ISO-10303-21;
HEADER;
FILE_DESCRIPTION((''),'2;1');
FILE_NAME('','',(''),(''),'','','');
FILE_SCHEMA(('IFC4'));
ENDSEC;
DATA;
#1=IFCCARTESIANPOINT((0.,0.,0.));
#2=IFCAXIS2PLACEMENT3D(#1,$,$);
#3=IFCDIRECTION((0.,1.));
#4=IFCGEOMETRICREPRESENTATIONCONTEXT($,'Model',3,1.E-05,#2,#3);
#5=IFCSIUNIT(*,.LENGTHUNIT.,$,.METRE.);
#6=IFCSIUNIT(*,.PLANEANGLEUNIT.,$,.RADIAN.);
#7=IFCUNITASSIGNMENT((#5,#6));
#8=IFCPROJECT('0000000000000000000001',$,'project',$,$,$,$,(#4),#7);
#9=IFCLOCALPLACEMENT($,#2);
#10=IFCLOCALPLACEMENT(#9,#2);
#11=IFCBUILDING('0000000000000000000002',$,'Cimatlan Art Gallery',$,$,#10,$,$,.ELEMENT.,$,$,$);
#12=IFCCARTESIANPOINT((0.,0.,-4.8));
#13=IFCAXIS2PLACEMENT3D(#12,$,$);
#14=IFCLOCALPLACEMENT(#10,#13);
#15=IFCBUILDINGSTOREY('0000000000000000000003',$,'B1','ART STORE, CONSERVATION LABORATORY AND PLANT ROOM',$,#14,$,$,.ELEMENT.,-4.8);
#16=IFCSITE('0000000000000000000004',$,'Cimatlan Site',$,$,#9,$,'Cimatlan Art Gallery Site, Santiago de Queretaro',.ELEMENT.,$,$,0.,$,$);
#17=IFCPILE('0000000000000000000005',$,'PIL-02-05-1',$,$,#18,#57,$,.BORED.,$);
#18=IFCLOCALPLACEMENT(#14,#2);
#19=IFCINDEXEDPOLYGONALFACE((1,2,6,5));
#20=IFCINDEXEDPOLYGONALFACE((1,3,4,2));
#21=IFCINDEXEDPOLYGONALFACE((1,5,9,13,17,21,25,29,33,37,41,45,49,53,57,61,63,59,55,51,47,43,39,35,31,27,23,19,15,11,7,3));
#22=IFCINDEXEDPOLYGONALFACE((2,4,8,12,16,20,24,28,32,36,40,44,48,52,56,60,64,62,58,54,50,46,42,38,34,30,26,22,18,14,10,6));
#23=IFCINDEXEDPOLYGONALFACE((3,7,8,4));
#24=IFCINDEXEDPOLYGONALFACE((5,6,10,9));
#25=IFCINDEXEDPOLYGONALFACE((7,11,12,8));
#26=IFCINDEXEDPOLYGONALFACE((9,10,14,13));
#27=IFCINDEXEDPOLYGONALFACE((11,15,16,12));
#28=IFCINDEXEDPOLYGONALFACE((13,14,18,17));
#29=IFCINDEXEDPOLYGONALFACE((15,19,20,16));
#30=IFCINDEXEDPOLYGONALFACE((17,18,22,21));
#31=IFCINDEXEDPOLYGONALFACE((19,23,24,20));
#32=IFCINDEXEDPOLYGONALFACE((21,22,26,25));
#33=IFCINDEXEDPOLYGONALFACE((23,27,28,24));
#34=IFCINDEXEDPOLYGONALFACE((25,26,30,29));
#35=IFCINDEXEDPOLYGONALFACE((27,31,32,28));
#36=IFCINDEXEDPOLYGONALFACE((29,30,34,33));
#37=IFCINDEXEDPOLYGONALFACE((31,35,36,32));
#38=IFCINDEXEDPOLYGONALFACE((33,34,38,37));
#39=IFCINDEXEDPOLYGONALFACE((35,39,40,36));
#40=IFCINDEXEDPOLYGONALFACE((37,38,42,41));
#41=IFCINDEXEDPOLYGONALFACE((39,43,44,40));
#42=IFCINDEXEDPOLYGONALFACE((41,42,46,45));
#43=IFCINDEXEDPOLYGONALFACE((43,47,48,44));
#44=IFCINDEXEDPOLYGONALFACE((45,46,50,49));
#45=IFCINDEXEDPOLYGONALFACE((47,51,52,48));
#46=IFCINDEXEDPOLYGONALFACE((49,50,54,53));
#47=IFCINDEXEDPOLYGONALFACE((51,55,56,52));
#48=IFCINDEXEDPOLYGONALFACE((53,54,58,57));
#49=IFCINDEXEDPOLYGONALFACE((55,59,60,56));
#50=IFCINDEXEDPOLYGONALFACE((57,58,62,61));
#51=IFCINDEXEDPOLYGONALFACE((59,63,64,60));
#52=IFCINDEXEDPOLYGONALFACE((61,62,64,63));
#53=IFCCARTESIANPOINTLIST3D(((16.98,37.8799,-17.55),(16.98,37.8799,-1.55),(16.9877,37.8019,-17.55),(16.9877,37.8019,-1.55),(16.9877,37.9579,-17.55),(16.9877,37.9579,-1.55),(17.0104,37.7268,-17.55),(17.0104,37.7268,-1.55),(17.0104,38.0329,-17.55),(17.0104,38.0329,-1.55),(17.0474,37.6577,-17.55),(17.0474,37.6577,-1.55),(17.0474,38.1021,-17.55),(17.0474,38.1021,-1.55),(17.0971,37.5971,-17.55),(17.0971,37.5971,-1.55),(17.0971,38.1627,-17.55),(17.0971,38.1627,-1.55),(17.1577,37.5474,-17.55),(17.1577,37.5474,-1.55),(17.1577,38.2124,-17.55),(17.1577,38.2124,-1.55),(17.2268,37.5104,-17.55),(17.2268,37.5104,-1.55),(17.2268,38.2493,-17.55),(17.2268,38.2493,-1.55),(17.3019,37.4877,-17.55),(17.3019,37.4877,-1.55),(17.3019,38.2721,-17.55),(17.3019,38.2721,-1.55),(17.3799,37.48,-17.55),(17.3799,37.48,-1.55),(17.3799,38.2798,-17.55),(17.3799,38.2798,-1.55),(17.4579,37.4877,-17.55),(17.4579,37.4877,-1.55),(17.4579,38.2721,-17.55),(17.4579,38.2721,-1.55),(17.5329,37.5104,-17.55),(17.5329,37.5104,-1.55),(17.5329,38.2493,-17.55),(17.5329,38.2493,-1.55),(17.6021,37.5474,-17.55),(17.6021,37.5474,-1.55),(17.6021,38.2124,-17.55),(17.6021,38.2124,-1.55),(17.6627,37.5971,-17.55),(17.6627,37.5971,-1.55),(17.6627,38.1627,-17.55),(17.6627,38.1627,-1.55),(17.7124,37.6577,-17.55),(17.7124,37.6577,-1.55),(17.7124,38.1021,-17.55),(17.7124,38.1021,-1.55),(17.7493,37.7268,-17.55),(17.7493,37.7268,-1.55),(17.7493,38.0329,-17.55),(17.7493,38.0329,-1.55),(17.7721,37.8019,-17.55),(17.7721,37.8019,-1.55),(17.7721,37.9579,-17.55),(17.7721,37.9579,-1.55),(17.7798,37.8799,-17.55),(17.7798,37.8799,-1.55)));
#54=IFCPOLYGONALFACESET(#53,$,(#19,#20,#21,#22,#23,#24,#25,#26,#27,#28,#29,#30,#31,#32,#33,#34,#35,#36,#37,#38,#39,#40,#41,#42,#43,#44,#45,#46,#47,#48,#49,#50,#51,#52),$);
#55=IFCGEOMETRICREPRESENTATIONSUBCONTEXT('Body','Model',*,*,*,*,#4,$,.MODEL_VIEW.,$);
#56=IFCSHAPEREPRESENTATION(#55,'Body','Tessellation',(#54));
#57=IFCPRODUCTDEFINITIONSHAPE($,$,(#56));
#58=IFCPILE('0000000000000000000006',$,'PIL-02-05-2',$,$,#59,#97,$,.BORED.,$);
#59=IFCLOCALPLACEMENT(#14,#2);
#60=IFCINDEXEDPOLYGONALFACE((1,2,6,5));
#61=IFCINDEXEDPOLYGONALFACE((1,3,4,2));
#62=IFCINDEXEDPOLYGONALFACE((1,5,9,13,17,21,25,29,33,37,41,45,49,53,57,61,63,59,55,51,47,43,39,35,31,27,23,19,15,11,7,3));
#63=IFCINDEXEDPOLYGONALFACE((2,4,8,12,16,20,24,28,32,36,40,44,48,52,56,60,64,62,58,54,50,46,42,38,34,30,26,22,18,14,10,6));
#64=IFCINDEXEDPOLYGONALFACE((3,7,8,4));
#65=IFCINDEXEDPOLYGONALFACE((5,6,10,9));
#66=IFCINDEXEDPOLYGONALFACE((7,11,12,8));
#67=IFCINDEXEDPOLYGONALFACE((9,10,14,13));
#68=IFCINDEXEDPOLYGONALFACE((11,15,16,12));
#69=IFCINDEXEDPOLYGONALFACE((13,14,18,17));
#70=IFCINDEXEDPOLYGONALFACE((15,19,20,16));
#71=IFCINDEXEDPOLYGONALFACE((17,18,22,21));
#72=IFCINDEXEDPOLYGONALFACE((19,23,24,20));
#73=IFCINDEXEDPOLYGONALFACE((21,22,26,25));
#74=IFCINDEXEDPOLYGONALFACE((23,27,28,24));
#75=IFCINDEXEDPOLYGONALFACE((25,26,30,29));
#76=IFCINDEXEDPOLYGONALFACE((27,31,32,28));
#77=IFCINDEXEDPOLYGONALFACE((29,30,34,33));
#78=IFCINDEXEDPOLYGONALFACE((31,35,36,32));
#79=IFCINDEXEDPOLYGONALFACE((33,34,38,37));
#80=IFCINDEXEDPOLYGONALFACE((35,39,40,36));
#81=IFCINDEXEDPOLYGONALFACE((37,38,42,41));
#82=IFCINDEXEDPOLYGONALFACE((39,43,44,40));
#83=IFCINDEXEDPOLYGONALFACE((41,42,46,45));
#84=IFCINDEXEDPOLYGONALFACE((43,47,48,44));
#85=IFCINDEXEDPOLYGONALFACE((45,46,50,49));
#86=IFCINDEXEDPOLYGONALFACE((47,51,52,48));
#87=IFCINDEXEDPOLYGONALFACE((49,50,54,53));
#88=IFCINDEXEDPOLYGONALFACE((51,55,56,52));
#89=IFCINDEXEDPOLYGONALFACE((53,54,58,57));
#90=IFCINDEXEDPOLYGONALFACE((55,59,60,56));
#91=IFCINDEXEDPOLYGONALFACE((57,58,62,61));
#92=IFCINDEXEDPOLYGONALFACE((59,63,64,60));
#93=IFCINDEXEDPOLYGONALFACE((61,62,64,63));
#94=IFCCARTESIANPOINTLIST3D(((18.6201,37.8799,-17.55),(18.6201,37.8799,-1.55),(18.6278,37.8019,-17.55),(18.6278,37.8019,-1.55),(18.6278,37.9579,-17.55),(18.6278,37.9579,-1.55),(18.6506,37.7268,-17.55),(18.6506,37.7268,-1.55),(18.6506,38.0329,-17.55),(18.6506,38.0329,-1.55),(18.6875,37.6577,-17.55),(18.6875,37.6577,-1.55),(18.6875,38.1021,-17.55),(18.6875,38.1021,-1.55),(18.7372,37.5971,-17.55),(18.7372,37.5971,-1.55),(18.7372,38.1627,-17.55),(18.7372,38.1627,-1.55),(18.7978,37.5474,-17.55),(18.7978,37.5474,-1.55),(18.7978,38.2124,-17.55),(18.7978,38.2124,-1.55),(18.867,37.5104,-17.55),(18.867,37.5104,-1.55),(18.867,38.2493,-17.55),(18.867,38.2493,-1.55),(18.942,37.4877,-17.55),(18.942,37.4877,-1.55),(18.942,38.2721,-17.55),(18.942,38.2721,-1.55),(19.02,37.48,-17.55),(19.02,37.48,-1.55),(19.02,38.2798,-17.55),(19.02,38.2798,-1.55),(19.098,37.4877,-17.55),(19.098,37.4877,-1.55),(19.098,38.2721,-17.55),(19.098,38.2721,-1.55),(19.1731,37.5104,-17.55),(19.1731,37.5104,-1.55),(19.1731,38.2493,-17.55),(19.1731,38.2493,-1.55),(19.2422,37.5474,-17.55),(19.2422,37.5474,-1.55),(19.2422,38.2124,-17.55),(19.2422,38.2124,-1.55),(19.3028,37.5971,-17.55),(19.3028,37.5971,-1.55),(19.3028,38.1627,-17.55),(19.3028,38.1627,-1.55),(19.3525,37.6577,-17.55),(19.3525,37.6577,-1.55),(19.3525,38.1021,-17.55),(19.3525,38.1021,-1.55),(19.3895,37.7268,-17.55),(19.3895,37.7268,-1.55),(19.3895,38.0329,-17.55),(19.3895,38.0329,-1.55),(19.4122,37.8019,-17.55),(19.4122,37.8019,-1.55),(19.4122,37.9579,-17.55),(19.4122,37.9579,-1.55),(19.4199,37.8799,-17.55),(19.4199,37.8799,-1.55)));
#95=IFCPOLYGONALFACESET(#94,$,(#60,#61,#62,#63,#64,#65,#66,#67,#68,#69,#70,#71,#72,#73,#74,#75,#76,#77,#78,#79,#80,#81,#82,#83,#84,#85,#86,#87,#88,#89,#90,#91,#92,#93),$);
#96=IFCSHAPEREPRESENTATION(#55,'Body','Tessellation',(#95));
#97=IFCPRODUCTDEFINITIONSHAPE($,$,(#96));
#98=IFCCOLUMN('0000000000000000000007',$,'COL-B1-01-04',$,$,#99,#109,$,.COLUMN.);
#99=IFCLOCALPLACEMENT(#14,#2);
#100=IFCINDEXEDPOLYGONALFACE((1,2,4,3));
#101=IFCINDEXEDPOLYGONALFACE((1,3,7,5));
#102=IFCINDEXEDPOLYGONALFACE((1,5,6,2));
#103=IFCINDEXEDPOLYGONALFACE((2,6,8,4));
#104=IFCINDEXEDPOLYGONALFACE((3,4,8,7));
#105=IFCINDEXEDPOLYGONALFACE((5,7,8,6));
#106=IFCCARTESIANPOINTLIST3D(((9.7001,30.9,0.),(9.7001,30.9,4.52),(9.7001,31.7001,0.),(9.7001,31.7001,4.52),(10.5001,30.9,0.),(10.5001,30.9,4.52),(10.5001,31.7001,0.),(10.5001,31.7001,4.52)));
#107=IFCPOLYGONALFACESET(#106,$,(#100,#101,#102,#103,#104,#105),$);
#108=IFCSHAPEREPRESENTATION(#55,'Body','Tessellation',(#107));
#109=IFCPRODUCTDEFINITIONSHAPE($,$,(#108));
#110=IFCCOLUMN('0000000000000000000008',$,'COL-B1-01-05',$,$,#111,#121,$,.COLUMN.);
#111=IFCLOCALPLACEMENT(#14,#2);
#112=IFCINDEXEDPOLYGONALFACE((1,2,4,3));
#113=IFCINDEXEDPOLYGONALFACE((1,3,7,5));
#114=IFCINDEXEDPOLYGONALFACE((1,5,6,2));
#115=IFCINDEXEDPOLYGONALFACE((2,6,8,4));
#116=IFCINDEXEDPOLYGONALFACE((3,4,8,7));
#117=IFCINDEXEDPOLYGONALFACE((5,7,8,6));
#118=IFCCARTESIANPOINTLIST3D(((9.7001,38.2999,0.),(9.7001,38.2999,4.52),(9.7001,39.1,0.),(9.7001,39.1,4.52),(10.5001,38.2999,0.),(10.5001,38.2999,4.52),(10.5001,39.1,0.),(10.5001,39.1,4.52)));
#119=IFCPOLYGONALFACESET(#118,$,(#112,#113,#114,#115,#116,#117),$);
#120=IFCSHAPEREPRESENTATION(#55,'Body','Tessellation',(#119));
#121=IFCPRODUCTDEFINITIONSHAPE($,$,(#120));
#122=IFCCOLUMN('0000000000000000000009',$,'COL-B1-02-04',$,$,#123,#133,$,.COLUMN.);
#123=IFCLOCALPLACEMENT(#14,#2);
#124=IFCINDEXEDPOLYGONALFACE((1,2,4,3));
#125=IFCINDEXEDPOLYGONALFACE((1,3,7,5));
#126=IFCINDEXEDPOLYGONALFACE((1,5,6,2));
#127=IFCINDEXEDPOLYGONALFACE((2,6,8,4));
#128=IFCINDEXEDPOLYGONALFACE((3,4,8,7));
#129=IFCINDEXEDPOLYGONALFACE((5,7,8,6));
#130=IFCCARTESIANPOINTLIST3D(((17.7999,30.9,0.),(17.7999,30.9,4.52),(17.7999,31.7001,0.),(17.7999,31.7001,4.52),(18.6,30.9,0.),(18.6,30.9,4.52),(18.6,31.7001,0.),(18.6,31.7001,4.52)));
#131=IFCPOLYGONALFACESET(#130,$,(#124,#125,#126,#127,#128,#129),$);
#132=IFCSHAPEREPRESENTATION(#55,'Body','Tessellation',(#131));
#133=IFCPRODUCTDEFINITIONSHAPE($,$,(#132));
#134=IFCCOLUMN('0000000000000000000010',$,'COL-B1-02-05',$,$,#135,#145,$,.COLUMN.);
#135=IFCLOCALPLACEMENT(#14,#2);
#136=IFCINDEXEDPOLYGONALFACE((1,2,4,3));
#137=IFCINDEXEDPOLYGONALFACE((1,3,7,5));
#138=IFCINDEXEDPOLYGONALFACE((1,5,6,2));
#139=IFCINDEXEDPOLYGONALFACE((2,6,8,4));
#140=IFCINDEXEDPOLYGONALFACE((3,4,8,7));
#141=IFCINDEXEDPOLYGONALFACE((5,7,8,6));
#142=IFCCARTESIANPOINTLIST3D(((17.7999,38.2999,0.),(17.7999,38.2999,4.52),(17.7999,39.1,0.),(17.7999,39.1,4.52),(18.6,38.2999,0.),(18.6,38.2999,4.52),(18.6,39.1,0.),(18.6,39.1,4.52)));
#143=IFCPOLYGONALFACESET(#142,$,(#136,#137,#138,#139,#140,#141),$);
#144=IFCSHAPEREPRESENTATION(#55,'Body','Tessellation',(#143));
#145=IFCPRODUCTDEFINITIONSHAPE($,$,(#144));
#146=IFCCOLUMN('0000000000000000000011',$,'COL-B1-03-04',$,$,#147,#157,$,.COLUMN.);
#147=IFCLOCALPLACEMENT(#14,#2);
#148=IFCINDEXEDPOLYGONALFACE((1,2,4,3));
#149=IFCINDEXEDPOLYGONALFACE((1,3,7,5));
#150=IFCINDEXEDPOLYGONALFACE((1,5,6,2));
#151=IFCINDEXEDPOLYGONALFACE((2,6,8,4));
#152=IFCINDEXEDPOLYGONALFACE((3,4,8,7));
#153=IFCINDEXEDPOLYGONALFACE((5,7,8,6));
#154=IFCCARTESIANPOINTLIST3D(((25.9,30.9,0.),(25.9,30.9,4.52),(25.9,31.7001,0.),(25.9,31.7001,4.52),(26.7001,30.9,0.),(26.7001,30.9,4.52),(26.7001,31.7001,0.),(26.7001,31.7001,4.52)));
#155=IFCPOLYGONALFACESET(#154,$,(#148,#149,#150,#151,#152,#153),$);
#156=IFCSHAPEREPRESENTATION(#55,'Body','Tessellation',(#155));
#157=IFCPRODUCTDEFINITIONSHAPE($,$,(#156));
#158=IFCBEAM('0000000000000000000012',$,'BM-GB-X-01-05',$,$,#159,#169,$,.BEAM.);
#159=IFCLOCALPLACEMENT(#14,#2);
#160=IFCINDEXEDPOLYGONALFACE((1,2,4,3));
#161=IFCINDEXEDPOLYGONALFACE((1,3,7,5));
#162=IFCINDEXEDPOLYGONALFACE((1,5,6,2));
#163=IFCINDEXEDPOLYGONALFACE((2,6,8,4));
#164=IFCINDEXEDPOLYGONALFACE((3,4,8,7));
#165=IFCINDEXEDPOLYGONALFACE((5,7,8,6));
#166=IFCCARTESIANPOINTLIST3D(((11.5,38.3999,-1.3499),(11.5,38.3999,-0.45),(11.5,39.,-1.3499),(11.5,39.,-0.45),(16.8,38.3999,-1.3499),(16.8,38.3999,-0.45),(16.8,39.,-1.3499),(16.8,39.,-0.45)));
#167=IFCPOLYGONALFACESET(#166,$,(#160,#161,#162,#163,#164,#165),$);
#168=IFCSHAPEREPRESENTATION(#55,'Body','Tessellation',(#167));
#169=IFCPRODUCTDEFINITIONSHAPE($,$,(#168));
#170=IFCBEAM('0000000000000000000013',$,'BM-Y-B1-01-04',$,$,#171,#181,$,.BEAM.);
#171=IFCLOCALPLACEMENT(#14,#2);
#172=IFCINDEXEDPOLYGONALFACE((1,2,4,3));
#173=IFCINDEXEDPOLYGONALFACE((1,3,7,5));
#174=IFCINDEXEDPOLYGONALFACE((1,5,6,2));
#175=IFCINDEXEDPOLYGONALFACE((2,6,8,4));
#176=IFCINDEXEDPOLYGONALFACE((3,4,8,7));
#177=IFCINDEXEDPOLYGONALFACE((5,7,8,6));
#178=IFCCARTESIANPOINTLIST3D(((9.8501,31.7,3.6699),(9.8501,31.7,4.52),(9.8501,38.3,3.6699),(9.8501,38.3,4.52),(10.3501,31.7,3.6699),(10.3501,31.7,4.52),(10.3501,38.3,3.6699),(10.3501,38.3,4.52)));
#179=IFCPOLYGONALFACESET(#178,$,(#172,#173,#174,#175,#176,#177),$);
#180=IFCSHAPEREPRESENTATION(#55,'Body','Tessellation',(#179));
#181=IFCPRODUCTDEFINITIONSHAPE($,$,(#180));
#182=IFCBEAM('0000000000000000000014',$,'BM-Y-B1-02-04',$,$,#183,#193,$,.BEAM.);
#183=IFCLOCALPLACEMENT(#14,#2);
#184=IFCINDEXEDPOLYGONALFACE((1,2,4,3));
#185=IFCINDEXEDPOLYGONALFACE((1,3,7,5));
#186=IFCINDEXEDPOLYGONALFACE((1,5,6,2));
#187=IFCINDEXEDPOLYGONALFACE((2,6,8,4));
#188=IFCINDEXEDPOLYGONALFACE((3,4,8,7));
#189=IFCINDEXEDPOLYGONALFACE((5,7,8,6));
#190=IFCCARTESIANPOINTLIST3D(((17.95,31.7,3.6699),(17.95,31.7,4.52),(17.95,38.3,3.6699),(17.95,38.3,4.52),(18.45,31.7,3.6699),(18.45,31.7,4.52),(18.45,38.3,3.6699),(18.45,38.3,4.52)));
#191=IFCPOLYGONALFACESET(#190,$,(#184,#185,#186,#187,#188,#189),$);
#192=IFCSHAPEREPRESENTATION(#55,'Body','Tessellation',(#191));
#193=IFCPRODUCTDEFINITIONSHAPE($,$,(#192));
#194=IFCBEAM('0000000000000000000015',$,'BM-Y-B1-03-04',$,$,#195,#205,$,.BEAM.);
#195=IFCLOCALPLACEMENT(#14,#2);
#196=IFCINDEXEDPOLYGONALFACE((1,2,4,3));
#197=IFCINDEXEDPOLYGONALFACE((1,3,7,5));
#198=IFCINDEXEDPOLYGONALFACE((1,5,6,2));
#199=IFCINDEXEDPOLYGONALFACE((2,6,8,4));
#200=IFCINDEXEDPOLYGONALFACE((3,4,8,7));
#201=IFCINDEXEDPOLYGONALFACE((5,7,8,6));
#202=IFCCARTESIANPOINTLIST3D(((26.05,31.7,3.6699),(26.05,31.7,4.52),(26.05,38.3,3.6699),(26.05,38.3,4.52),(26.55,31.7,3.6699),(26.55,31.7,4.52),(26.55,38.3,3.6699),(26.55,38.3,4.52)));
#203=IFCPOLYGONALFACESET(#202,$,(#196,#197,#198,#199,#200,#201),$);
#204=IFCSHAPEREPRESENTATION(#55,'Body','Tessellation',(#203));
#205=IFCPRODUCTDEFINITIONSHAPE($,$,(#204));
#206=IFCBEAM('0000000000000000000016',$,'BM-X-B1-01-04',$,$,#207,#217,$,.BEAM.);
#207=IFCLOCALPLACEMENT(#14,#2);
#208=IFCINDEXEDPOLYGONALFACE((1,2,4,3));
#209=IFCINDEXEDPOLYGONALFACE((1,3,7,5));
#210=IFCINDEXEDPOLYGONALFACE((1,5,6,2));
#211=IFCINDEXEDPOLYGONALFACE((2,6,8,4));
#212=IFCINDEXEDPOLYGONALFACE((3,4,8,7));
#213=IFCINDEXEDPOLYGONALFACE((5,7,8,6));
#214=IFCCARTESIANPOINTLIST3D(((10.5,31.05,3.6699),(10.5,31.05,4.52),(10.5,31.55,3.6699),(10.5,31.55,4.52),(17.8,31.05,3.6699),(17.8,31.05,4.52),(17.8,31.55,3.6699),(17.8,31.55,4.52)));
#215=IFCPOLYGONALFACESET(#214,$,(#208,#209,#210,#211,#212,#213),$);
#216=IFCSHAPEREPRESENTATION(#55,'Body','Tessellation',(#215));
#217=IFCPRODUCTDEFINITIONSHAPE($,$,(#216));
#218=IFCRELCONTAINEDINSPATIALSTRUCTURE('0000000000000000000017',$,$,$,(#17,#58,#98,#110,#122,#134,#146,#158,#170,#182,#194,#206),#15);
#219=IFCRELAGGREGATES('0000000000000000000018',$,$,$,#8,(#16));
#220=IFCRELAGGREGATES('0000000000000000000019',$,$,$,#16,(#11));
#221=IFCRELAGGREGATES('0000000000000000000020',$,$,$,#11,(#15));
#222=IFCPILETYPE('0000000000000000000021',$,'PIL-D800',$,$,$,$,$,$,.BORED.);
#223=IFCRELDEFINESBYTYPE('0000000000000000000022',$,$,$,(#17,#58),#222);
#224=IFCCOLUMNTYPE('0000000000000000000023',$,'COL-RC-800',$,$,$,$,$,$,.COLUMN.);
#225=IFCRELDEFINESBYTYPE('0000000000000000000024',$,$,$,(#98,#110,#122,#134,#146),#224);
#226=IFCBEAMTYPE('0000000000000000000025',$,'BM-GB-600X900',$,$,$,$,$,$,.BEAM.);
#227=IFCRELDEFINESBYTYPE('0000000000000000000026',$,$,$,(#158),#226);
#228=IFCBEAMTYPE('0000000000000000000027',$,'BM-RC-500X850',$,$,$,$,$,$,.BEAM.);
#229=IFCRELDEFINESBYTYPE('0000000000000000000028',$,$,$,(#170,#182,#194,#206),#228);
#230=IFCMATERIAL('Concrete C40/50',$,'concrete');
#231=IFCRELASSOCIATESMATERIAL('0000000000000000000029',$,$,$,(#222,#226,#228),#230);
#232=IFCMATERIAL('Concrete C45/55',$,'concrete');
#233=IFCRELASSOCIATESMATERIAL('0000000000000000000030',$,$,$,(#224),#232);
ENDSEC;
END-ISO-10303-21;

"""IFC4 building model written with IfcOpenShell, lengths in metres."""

from ifc_helpers import new_model, si_unit, direction, frame, origin, origin_2d, place, context, subcontext, project, spatial, rectangle, circle, extrude, material, material_profile, profile_set, type_object, element, save


model = new_model("IFC4")

# Units and contexts
model_context = context("Model", 3, precision=1e-05, world=origin(), true_north=direction((0.0, 1.0)))
body_context = subcontext(model_context, "Body", "Model", "MODEL_VIEW")
ifc_project = project(units=[si_unit("LENGTHUNIT", "METRE"), si_unit("PLANEANGLEUNIT", "RADIAN")], contexts=[model_context])

# Site, building, storey
site_placement = place(None, origin())
site = spatial("IfcSite", under=ifc_project, at=site_placement, Name="Cimatlan Site", LongName="Cimatlan Art Gallery Site, Santiago de Queretaro", CompositionType="ELEMENT", RefElevation=0.0)
building_placement = place(site_placement, origin())
building = spatial("IfcBuilding", under=site, at=building_placement, Name="Cimatlan Art Gallery", CompositionType="ELEMENT")
storey_placement = place(building_placement, frame((0.0, 0.0, -4.8)))
storey = spatial("IfcBuildingStorey", under=building, at=storey_placement, Name="B1", Description="ART STORE, CONSERVATION LABORATORY AND PLANT ROOM", CompositionType="ELEMENT", Elevation=-4.8)

# Shared definitions
ifc_material_1 = material(Name="Concrete C40/50", Category="concrete")

# Piles
pile_type_1 = type_object("IfcPileType", Name="PIL-D800", PredefinedType="BORED", material=ifc_material_1)
for number, where, z_axis, x_axis, name in (
    (1, (17.3799, 37.8799, -1.55), (0.0, 0.0, -1.0), (1.0, 0.0, 0.0), "PIL-02-05-1"),
    (2, (19.02, 37.8799, -1.55), (0.0, 0.0, -1.0), (1.0, 0.0, 0.0), "PIL-02-05-2"),
):
    element("IfcPile", number, at=place(storey_placement, frame(where, z_axis=z_axis, x_axis=x_axis)), inside=storey, type_object=pile_type_1, Name=name, PredefinedType="BORED", context=body_context, shape_type="SweptSolid", body=[
        extrude(circle(Radius=0.3999, at=origin_2d()), origin(), (0.0, 0.0, 1.0), 16.0),
    ])

# Columns
ifc_material_2 = material(Name="Concrete C45/55", Category="concrete")
ifc_material_profile_1 = material_profile(ifc_material_2, rectangle(XDim=0.8, YDim=0.8, at=origin_2d()), Name="RC800X800")
ifc_profile_set_1 = profile_set([ifc_material_profile_1], Name="Concrete C45/55")
column_type = type_object("IfcColumnType", Name="COL-RC-800", PredefinedType="COLUMN", material=ifc_profile_set_1)
for number, where, z_axis, x_axis, name in (
    (3, (10.1001, 31.3, 0.0), (0.0, 0.0, 1.0), (1.0, 0.0, 0.0), "COL-B1-01-04"),
    (4, (10.1001, 38.7, 0.0), (0.0, 0.0, 1.0), (1.0, 0.0, 0.0), "COL-B1-01-05"),
    (5, (18.2, 31.3, 0.0), (0.0, 0.0, 1.0), (1.0, 0.0, 0.0), "COL-B1-02-04"),
    (6, (18.2, 38.7, 0.0), (0.0, 0.0, 1.0), (1.0, 0.0, 0.0), "COL-B1-02-05"),
    (7, (26.3, 31.3, 0.0), (0.0, 0.0, 1.0), (1.0, 0.0, 0.0), "COL-B1-03-04"),
):
    element("IfcColumn", number, at=place(storey_placement, frame(where, z_axis=z_axis, x_axis=x_axis)), inside=storey, type_object=column_type, Name=name, PredefinedType="COLUMN", context=body_context, shape_type="SweptSolid", body=[
        extrude(rectangle(XDim=0.8, YDim=0.8, at=origin_2d()), origin(), (0.0, 0.0, 1.0), 4.52),
    ])

# Beams
ifc_material_profile_2 = material_profile(ifc_material_1, rectangle(XDim=0.6001, YDim=0.8999, at=origin_2d()), Name="RC600X900")
ifc_profile_set_2 = profile_set([ifc_material_profile_2], Name="Concrete C40/50")
beam_type_1 = type_object("IfcBeamType", Name="BM-GB-600X900", PredefinedType="BEAM", material=ifc_profile_set_2)
beam_1_placement = place(storey_placement, frame((11.5, 38.7, -0.8999), z_axis=(1.0, 0.0, 0.0), x_axis=(0.0, 1.0, 0.0)))
element("IfcBeam", 8, at=beam_1_placement, inside=storey, type_object=beam_type_1, Name="BM-GB-X-01-05", PredefinedType="BEAM", context=body_context, shape_type="SweptSolid", body=[
    extrude(rectangle(XDim=0.6001, YDim=0.8999, at=origin_2d()), origin(), (0.0, 0.0, 1.0), 5.3),
])
ifc_material_profile_3 = material_profile(ifc_material_1, rectangle(XDim=0.5, YDim=0.8501, at=origin_2d()), Name="RC500X850")
ifc_profile_set_3 = profile_set([ifc_material_profile_3], Name="Concrete C40/50")
beam_type_2 = type_object("IfcBeamType", Name="BM-RC-500X850", PredefinedType="BEAM", material=ifc_profile_set_3)
for number, where, z_axis, x_axis, name in (
    (9, (10.1001, 31.7, 4.095), (0.0, 1.0, 0.0), (-1.0, 0.0, 0.0), "BM-Y-B1-01-04"),
    (10, (18.2, 31.7, 4.095), (0.0, 1.0, 0.0), (-1.0, 0.0, 0.0), "BM-Y-B1-02-04"),
    (11, (26.3, 31.7, 4.095), (0.0, 1.0, 0.0), (-1.0, 0.0, 0.0), "BM-Y-B1-03-04"),
):
    element("IfcBeam", number, at=place(storey_placement, frame(where, z_axis=z_axis, x_axis=x_axis)), inside=storey, type_object=beam_type_2, Name=name, PredefinedType="BEAM", context=body_context, shape_type="SweptSolid", body=[
        extrude(rectangle(XDim=0.5, YDim=0.8501, at=origin_2d()), origin(), (0.0, 0.0, 1.0), 6.6001),
    ])
beam_2_placement = place(storey_placement, frame((10.5, 31.3, 4.095), z_axis=(1.0, 0.0, 0.0), x_axis=(0.0, 1.0, 0.0)))
element("IfcBeam", 12, at=beam_2_placement, inside=storey, type_object=beam_type_2, Name="BM-X-B1-01-04", PredefinedType="BEAM", context=body_context, shape_type="SweptSolid", body=[
    extrude(rectangle(XDim=0.5, YDim=0.8501, at=origin_2d()), origin(), (0.0, 0.0, 1.0), 7.3),
])

save(model, "model.ifc")
